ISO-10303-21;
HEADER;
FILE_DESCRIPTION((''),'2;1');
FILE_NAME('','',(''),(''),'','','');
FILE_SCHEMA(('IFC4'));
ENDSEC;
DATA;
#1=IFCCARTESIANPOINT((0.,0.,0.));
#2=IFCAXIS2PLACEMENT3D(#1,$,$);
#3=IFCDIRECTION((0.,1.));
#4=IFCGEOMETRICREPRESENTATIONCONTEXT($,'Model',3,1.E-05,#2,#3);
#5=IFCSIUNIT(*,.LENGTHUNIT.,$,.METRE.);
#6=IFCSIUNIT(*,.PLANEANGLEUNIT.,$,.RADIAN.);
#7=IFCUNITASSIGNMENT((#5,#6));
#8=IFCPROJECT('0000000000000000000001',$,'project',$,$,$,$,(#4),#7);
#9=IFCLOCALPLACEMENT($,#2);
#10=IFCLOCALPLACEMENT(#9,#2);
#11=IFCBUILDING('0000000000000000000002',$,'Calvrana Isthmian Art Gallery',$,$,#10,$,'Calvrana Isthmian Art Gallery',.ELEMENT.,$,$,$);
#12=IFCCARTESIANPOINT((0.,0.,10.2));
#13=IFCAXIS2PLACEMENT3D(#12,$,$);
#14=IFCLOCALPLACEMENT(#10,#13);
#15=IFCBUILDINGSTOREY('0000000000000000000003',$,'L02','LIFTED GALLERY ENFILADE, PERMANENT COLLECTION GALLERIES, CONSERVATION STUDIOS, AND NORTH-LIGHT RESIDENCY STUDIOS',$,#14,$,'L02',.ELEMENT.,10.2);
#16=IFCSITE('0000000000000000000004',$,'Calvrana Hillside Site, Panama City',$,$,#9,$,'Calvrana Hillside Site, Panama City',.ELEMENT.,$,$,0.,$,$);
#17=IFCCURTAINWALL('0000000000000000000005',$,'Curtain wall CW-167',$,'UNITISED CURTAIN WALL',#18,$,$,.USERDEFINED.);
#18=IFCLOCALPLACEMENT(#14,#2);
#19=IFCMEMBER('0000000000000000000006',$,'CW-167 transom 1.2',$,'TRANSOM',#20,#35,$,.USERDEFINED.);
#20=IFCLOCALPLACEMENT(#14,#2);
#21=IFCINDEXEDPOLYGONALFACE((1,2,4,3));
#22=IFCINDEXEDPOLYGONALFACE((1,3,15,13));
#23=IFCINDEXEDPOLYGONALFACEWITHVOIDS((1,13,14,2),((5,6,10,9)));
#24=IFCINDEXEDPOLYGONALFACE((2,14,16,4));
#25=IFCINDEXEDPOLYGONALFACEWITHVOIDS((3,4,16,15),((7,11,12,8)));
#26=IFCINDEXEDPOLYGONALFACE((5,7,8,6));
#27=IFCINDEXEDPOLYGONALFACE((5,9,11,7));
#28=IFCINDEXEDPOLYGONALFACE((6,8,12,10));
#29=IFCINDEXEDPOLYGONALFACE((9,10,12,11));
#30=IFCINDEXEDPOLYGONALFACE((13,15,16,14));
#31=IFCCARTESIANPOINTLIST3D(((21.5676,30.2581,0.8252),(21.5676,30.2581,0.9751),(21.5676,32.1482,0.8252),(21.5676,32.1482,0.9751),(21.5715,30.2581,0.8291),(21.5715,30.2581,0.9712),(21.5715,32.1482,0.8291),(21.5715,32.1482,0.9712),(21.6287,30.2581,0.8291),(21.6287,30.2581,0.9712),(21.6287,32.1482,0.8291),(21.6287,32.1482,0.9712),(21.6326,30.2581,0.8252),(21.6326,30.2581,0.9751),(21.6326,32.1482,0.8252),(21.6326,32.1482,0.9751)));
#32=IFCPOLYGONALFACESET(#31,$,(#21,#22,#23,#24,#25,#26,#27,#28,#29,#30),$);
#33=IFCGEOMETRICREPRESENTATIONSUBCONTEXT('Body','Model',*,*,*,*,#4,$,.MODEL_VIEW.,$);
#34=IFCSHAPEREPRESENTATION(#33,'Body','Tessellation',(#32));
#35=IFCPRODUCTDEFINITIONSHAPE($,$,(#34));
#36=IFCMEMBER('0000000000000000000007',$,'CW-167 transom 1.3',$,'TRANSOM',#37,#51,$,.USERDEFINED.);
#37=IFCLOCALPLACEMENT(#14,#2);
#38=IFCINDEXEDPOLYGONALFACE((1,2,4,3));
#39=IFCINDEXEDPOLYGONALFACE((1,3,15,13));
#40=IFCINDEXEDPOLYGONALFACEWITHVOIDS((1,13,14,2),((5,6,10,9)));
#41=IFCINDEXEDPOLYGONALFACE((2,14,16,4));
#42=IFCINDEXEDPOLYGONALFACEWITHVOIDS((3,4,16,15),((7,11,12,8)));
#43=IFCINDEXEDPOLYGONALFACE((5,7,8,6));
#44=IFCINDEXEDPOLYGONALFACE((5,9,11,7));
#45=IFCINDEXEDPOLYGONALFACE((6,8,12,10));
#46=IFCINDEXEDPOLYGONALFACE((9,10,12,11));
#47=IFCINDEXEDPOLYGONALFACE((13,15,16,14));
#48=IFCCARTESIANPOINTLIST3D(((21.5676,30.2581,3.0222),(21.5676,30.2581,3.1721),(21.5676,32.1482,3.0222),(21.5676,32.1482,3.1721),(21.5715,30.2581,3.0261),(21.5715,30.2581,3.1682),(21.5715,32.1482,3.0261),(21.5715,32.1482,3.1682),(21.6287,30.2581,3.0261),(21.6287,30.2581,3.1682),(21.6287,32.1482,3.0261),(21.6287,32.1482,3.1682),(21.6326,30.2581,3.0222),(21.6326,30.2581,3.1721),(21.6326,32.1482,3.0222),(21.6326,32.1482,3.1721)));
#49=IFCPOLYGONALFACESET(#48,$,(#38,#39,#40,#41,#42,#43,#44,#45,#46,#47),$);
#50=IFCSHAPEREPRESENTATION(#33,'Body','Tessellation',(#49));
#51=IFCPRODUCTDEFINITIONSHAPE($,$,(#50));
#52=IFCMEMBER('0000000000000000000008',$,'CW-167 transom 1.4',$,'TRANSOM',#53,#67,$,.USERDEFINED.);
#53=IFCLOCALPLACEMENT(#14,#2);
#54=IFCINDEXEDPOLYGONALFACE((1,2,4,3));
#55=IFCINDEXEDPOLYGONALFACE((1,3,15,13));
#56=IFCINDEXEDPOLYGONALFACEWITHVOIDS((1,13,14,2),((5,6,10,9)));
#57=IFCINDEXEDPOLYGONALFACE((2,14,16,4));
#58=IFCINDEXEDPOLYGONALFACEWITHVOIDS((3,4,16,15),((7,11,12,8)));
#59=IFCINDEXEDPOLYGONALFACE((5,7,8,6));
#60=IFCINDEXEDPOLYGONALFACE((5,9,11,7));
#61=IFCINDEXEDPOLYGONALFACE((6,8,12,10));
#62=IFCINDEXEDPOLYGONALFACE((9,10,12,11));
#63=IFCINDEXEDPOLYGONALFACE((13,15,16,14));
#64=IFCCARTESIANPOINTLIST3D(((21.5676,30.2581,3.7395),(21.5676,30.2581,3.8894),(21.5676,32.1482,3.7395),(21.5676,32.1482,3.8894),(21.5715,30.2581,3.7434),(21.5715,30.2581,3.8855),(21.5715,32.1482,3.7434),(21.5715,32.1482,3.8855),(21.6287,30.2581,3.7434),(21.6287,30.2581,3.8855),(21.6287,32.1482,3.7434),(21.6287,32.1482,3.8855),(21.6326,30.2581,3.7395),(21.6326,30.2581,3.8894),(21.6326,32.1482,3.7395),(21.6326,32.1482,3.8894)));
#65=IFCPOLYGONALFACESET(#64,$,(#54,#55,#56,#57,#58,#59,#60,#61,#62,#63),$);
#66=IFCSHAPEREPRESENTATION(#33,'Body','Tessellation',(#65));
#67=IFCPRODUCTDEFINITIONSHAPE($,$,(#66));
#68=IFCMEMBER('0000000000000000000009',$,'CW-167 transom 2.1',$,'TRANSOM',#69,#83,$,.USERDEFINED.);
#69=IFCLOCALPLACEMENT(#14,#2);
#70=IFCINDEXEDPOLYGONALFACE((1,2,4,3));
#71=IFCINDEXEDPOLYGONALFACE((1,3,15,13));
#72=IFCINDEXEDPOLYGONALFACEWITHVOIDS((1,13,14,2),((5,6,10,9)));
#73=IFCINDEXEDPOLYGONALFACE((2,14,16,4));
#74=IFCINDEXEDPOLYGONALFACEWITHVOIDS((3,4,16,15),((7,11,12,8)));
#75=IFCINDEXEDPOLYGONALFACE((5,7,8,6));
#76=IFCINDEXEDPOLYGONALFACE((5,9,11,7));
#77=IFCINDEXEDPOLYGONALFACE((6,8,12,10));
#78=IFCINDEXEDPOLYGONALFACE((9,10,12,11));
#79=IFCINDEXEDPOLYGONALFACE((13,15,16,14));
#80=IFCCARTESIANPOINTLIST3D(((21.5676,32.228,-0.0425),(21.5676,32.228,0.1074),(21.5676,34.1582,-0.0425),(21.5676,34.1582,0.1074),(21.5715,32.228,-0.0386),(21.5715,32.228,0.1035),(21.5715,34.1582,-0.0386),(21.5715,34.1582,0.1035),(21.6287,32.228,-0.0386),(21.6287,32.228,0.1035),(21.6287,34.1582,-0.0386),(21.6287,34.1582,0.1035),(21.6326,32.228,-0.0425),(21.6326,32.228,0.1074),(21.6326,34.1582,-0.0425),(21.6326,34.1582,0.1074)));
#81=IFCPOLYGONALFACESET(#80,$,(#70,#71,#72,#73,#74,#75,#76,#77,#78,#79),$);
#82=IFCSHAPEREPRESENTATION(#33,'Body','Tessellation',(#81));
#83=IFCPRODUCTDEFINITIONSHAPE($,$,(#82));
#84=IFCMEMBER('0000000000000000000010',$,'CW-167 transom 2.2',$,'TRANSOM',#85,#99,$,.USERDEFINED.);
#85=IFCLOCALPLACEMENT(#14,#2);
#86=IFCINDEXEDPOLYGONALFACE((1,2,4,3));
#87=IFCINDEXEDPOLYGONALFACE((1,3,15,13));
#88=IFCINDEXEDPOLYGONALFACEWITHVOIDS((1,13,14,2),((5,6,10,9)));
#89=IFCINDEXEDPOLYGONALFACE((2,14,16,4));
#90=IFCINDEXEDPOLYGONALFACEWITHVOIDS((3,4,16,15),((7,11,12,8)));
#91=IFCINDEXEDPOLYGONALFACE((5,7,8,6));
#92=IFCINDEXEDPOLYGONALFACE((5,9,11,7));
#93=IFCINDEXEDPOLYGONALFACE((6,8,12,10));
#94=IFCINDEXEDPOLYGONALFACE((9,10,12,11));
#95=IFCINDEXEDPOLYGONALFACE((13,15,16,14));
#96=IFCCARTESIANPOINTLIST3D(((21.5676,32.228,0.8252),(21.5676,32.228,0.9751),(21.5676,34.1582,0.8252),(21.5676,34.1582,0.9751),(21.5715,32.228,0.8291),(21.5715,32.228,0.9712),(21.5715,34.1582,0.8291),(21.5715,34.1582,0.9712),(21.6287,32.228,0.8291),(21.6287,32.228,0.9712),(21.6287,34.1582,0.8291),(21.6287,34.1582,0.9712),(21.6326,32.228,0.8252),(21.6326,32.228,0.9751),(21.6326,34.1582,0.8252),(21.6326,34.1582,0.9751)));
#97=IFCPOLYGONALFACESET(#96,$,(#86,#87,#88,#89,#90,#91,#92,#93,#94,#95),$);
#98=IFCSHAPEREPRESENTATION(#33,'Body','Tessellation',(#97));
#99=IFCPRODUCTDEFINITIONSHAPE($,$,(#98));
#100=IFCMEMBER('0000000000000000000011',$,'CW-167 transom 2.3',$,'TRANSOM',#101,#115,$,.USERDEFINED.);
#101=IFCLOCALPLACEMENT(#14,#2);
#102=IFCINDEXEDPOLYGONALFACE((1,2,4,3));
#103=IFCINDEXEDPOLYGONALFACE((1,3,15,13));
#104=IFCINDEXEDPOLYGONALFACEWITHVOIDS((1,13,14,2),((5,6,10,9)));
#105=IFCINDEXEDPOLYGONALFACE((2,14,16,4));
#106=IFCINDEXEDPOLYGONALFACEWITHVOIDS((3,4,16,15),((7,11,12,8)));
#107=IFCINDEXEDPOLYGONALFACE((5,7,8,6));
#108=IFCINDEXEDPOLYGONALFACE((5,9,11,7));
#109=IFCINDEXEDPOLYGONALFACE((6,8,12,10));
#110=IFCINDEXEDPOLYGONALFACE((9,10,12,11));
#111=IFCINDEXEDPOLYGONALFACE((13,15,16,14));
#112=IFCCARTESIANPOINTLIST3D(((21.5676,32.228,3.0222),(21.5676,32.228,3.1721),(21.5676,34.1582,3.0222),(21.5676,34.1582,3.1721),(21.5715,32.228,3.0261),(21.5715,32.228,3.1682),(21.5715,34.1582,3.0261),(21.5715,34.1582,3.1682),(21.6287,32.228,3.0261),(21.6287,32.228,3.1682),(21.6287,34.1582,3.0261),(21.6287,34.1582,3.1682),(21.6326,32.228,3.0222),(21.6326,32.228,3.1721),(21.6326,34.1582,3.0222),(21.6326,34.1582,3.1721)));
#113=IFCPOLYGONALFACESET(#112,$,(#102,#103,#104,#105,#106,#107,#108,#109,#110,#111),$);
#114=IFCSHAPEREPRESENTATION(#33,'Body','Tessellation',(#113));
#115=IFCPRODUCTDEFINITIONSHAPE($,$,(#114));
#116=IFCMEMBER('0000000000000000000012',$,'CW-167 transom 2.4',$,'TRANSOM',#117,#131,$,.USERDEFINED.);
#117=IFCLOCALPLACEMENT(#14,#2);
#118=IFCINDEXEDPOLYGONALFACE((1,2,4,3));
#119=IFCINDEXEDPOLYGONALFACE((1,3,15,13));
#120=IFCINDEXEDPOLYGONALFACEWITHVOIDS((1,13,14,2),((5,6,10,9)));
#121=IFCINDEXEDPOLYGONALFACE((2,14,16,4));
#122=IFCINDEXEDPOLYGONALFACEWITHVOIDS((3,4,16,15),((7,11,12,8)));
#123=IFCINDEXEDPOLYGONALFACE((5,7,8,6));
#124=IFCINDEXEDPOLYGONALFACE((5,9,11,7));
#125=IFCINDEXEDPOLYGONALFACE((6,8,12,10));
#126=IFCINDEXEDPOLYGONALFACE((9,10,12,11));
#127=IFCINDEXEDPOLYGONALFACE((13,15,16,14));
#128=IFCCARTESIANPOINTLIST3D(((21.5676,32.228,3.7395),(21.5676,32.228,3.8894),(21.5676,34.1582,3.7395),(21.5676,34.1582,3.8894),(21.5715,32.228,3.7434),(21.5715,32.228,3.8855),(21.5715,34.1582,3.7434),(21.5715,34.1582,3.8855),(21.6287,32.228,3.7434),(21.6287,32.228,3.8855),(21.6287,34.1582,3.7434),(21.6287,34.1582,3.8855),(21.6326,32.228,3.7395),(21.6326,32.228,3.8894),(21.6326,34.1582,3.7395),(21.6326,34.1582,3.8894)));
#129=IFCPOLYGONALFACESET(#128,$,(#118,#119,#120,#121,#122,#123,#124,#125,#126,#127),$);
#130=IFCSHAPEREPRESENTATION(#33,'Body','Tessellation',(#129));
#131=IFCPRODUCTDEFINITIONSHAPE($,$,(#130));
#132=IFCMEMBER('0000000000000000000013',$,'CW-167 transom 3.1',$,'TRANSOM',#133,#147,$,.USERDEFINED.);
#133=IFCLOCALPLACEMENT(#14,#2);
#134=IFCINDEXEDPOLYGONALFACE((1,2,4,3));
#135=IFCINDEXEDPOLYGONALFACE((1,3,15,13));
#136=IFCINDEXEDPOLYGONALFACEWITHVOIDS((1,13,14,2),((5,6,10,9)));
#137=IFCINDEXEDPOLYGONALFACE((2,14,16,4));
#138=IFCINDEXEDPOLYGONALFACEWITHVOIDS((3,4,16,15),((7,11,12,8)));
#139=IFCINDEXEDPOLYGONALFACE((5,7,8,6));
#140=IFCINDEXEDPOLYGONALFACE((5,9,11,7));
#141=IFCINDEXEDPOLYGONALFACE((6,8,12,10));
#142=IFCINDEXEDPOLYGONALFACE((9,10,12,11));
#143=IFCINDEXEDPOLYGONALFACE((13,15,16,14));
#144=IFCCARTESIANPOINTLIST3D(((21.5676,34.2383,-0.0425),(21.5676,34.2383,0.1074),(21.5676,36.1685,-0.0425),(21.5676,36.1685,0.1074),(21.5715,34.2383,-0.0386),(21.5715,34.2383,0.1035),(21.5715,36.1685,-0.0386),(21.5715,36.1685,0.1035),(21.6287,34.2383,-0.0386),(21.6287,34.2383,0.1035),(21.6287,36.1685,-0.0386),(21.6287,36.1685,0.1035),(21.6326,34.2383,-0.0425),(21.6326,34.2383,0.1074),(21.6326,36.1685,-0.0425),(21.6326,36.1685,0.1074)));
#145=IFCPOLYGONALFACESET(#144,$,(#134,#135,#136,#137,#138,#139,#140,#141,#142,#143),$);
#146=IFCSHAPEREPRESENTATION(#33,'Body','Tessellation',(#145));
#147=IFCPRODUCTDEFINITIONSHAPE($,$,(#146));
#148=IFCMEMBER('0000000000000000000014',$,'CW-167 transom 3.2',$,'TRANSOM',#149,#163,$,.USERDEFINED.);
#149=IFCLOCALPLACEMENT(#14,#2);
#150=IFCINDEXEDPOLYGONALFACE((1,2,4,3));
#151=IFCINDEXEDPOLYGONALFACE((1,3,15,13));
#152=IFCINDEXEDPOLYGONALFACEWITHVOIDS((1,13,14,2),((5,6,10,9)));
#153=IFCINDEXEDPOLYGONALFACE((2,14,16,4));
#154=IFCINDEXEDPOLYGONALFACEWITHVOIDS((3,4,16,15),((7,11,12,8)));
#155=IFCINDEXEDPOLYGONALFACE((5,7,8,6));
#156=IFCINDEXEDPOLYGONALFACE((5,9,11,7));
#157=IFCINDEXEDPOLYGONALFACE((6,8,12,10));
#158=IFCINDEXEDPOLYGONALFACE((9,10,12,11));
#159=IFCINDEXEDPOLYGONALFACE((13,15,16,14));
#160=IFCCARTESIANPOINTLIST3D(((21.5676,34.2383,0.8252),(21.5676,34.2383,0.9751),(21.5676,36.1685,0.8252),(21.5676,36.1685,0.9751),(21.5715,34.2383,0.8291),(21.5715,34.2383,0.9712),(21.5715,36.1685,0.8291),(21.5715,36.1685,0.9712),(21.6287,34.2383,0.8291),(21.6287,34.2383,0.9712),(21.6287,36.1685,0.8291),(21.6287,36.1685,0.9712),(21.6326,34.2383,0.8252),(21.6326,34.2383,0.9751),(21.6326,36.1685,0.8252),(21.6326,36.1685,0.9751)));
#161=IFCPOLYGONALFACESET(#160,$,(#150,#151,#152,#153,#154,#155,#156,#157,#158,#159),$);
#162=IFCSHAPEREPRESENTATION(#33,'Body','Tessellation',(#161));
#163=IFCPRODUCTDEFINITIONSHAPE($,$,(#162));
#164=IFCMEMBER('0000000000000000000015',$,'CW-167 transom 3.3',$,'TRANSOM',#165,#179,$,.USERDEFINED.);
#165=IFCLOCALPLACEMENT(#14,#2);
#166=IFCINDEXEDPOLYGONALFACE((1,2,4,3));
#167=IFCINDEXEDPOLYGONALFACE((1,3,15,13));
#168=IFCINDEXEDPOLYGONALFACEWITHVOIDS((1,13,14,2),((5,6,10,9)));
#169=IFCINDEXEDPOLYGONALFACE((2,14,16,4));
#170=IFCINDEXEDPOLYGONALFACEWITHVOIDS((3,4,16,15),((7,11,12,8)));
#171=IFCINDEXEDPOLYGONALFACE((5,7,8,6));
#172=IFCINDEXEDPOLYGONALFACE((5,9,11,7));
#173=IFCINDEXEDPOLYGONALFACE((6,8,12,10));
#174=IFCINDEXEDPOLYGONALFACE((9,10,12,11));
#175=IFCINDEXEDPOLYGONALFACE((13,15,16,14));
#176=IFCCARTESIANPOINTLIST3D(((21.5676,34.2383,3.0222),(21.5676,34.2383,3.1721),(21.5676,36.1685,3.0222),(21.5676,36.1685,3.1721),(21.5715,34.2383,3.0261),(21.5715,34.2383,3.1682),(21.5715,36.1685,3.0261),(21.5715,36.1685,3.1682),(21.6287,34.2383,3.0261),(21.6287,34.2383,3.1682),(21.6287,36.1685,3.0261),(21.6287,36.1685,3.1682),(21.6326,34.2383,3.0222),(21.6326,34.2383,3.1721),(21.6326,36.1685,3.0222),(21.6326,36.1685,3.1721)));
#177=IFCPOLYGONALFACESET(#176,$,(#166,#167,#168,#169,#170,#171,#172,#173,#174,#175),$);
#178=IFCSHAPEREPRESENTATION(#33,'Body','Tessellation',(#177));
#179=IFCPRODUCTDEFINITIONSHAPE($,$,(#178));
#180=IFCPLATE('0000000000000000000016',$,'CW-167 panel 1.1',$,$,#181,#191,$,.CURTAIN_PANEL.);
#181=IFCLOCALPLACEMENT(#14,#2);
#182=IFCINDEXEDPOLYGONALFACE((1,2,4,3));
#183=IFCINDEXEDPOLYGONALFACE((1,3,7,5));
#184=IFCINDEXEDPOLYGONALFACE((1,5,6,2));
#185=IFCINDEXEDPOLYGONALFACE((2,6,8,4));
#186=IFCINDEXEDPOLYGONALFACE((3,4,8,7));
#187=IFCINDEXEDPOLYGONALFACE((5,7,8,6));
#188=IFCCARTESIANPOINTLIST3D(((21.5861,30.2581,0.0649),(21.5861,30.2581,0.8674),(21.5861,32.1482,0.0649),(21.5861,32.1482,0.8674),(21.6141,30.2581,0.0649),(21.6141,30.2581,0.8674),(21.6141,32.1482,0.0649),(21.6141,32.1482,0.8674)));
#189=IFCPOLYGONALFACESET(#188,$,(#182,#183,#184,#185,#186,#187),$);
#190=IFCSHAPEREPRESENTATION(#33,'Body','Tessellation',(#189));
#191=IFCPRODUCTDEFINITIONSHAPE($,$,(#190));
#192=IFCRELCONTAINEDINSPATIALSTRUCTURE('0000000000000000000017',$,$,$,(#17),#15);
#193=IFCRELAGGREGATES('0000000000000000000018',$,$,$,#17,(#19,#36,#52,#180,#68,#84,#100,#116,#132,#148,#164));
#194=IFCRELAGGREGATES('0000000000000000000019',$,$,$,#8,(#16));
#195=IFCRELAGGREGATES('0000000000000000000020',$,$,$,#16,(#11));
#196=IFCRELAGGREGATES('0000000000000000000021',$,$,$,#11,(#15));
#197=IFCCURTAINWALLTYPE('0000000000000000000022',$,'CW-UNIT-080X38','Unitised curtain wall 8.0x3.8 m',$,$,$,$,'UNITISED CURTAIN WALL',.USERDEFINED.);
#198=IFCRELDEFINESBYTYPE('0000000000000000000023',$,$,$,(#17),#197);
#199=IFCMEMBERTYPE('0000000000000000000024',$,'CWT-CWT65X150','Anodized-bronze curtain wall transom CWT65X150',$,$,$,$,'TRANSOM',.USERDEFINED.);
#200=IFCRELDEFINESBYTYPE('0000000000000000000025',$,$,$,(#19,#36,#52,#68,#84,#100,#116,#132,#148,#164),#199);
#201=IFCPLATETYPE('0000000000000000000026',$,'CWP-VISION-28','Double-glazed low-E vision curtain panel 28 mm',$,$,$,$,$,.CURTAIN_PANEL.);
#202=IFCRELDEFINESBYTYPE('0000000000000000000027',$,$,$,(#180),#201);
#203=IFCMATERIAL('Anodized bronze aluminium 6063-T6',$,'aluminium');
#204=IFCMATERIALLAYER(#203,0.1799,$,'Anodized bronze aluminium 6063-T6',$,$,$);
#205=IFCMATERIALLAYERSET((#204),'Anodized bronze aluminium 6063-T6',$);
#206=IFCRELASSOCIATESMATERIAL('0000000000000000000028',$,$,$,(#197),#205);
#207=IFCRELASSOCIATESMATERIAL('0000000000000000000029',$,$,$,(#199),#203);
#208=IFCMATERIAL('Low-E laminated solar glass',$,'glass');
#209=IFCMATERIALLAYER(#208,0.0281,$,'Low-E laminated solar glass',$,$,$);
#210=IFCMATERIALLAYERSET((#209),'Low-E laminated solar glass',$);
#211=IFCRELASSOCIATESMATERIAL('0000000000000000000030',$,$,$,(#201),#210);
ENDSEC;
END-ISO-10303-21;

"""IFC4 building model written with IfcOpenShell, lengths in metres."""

from ifc_helpers import new_model, si_unit, direction, frame, origin, origin_2d, place, context, subcontext, project, spatial, rectangle, hollow_rectangle, extrude, material, layer, layer_set, material_profile, profile_set, type_object, element, aggregate, save


model = new_model("IFC4")

# Units and contexts
model_context = context("Model", 3, precision=1e-05, world=origin(), true_north=direction((0.0, 1.0)))
body_context = subcontext(model_context, "Body", "Model", "MODEL_VIEW")
ifc_project = project(units=[si_unit("LENGTHUNIT", "METRE"), si_unit("PLANEANGLEUNIT", "RADIAN")], contexts=[model_context])

# Site, building, storey
site_placement = place(None, origin())
site = spatial("IfcSite", under=ifc_project, at=site_placement, Name="Calvrana Hillside Site, Panama City", LongName="Calvrana Hillside Site, Panama City", CompositionType="ELEMENT", RefElevation=0.0)
building_placement = place(site_placement, origin())
building = spatial("IfcBuilding", under=site, at=building_placement, Name="Calvrana Isthmian Art Gallery", LongName="Calvrana Isthmian Art Gallery", CompositionType="ELEMENT")
storey_placement = place(building_placement, frame((0.0, 0.0, 10.2)))
storey = spatial("IfcBuildingStorey", under=building, at=storey_placement, Name="L02", Description="LIFTED GALLERY ENFILADE, PERMANENT COLLECTION GALLERIES, CONSERVATION STUDIOS, AND NORTH-LIGHT RESIDENCY STUDIOS", LongName="L02", CompositionType="ELEMENT", Elevation=10.2)

# Shared definitions
ifc_material_1 = material(Name="Anodized bronze aluminium 6063-T6", Category="aluminium")

# Curtain wall, members, plate
ifc_layer_1 = layer(ifc_material_1, 0.1799, Name="Anodized bronze aluminium 6063-T6")
ifc_layer_set_1 = layer_set([ifc_layer_1], Name="Anodized bronze aluminium 6063-T6")
curtain_wall_type_1 = type_object("IfcCurtainWallType", Name="CW-UNIT-080X38", Description="Unitised curtain wall 8.0x3.8 m", ElementType="UNITISED CURTAIN WALL", PredefinedType="USERDEFINED", material=ifc_layer_set_1)
curtain_wall_1_placement = place(storey_placement, origin())
curtain_wall_1 = element("IfcCurtainWall", 1, at=curtain_wall_1_placement, inside=storey, type_object=curtain_wall_type_1, Name="Curtain wall CW-167", ObjectType="UNITISED CURTAIN WALL", PredefinedType="USERDEFINED")
ifc_material_profile_1 = material_profile(ifc_material_1, hollow_rectangle(XDim=0.0649, YDim=0.1499, WallThickness=0.0039, at=origin_2d()), Name="CWT65X150")
ifc_profile_set_1 = profile_set([ifc_material_profile_1], Name="Anodized bronze aluminium 6063-T6")
member_type_1 = type_object("IfcMemberType", Name="CWT-CWT65X150", Description="Anodized-bronze curtain wall transom CWT65X150", ElementType="TRANSOM", PredefinedType="USERDEFINED", material=ifc_profile_set_1)
member_1_placement = place(storey_placement, frame((21.6001, 30.2581, 0.9001), z_axis=(0.0, 1.0, 0.0), x_axis=(-1.0, 0.0, 0.0)))
member_1 = element("IfcMember", 2, at=member_1_placement, type_object=member_type_1, Name="CW-167 transom 1.2", ObjectType="TRANSOM", PredefinedType="USERDEFINED", context=body_context, shape_type="SweptSolid", body=[
    extrude(hollow_rectangle(XDim=0.0649, YDim=0.1499, WallThickness=0.0039, at=origin_2d()), origin(), (0.0, 0.0, 1.0), 1.8901),
])
member_2_placement = place(storey_placement, frame((21.6001, 30.2581, 3.0972), z_axis=(0.0, 1.0, 0.0), x_axis=(-1.0, 0.0, 0.0)))
member_2 = element("IfcMember", 3, at=member_2_placement, type_object=member_type_1, Name="CW-167 transom 1.3", ObjectType="TRANSOM", PredefinedType="USERDEFINED", context=body_context, shape_type="SweptSolid", body=[
    extrude(hollow_rectangle(XDim=0.0649, YDim=0.1499, WallThickness=0.0039, at=origin_2d()), origin(), (0.0, 0.0, 1.0), 1.8901),
])
member_3_placement = place(storey_placement, frame((21.6001, 30.2581, 3.8145), z_axis=(0.0, 1.0, 0.0), x_axis=(-1.0, 0.0, 0.0)))
member_3 = element("IfcMember", 4, at=member_3_placement, type_object=member_type_1, Name="CW-167 transom 1.4", ObjectType="TRANSOM", PredefinedType="USERDEFINED", context=body_context, shape_type="SweptSolid", body=[
    extrude(hollow_rectangle(XDim=0.0649, YDim=0.1499, WallThickness=0.0039, at=origin_2d()), origin(), (0.0, 0.0, 1.0), 1.8901),
])
member_4_placement = place(storey_placement, frame((21.6001, 32.228, 0.0325), z_axis=(0.0, 1.0, 0.0), x_axis=(-1.0, 0.0, 0.0)))
member_4 = element("IfcMember", 5, at=member_4_placement, type_object=member_type_1, Name="CW-167 transom 2.1", ObjectType="TRANSOM", PredefinedType="USERDEFINED", context=body_context, shape_type="SweptSolid", body=[
    extrude(hollow_rectangle(XDim=0.0649, YDim=0.1499, WallThickness=0.0039, at=origin_2d()), origin(), (0.0, 0.0, 1.0), 1.9302),
])
member_5_placement = place(storey_placement, frame((21.6001, 32.228, 0.9001), z_axis=(0.0, 1.0, 0.0), x_axis=(-1.0, 0.0, 0.0)))
member_5 = element("IfcMember", 6, at=member_5_placement, type_object=member_type_1, Name="CW-167 transom 2.2", ObjectType="TRANSOM", PredefinedType="USERDEFINED", context=body_context, shape_type="SweptSolid", body=[
    extrude(hollow_rectangle(XDim=0.0649, YDim=0.1499, WallThickness=0.0039, at=origin_2d()), origin(), (0.0, 0.0, 1.0), 1.9302),
])
member_6_placement = place(storey_placement, frame((21.6001, 32.228, 3.0972), z_axis=(0.0, 1.0, 0.0), x_axis=(-1.0, 0.0, 0.0)))
member_6 = element("IfcMember", 7, at=member_6_placement, type_object=member_type_1, Name="CW-167 transom 2.3", ObjectType="TRANSOM", PredefinedType="USERDEFINED", context=body_context, shape_type="SweptSolid", body=[
    extrude(hollow_rectangle(XDim=0.0649, YDim=0.1499, WallThickness=0.0039, at=origin_2d()), origin(), (0.0, 0.0, 1.0), 1.9302),
])
member_7_placement = place(storey_placement, frame((21.6001, 32.228, 3.8145), z_axis=(0.0, 1.0, 0.0), x_axis=(-1.0, 0.0, 0.0)))
member_7 = element("IfcMember", 8, at=member_7_placement, type_object=member_type_1, Name="CW-167 transom 2.4", ObjectType="TRANSOM", PredefinedType="USERDEFINED", context=body_context, shape_type="SweptSolid", body=[
    extrude(hollow_rectangle(XDim=0.0649, YDim=0.1499, WallThickness=0.0039, at=origin_2d()), origin(), (0.0, 0.0, 1.0), 1.9302),
])
member_8_placement = place(storey_placement, frame((21.6001, 34.2383, 0.0325), z_axis=(0.0, 1.0, 0.0), x_axis=(-1.0, 0.0, 0.0)))
member_8 = element("IfcMember", 9, at=member_8_placement, type_object=member_type_1, Name="CW-167 transom 3.1", ObjectType="TRANSOM", PredefinedType="USERDEFINED", context=body_context, shape_type="SweptSolid", body=[
    extrude(hollow_rectangle(XDim=0.0649, YDim=0.1499, WallThickness=0.0039, at=origin_2d()), origin(), (0.0, 0.0, 1.0), 1.9302),
])
member_9_placement = place(storey_placement, frame((21.6001, 34.2383, 0.9001), z_axis=(0.0, 1.0, 0.0), x_axis=(-1.0, 0.0, 0.0)))
member_9 = element("IfcMember", 10, at=member_9_placement, type_object=member_type_1, Name="CW-167 transom 3.2", ObjectType="TRANSOM", PredefinedType="USERDEFINED", context=body_context, shape_type="SweptSolid", body=[
    extrude(hollow_rectangle(XDim=0.0649, YDim=0.1499, WallThickness=0.0039, at=origin_2d()), origin(), (0.0, 0.0, 1.0), 1.9302),
])
member_10_placement = place(storey_placement, frame((21.6001, 34.2383, 3.0972), z_axis=(0.0, 1.0, 0.0), x_axis=(-1.0, 0.0, 0.0)))
member_10 = element("IfcMember", 11, at=member_10_placement, type_object=member_type_1, Name="CW-167 transom 3.3", ObjectType="TRANSOM", PredefinedType="USERDEFINED", context=body_context, shape_type="SweptSolid", body=[
    extrude(hollow_rectangle(XDim=0.0649, YDim=0.1499, WallThickness=0.0039, at=origin_2d()), origin(), (0.0, 0.0, 1.0), 1.9302),
])
ifc_material_2 = material(Name="Low-E laminated solar glass", Category="glass")
ifc_layer_2 = layer(ifc_material_2, 0.0281, Name="Low-E laminated solar glass")
ifc_layer_set_2 = layer_set([ifc_layer_2], Name="Low-E laminated solar glass")
plate_type = type_object("IfcPlateType", Name="CWP-VISION-28", Description="Double-glazed low-E vision curtain panel 28 mm", PredefinedType="CURTAIN_PANEL", material=ifc_layer_set_2)
plate_1_placement = place(storey_placement, frame((21.6001, 31.2031, 0.0649), z_axis=(0.0, 0.0, 1.0), x_axis=(0.0, 1.0, 0.0)))
plate_1 = element("IfcPlate", 12, at=plate_1_placement, type_object=plate_type, Name="CW-167 panel 1.1", PredefinedType="CURTAIN_PANEL", context=body_context, shape_type="SweptSolid", body=[
    extrude(rectangle(XDim=1.8901, YDim=0.0281, at=origin_2d()), origin(), (0.0, 0.0, 1.0), 0.8025),
])
aggregate(curtain_wall_1, [member_1, member_2, member_3, plate_1, member_4, member_5, member_6, member_7, member_8, member_9, member_10])

save(model, "model.ifc")
